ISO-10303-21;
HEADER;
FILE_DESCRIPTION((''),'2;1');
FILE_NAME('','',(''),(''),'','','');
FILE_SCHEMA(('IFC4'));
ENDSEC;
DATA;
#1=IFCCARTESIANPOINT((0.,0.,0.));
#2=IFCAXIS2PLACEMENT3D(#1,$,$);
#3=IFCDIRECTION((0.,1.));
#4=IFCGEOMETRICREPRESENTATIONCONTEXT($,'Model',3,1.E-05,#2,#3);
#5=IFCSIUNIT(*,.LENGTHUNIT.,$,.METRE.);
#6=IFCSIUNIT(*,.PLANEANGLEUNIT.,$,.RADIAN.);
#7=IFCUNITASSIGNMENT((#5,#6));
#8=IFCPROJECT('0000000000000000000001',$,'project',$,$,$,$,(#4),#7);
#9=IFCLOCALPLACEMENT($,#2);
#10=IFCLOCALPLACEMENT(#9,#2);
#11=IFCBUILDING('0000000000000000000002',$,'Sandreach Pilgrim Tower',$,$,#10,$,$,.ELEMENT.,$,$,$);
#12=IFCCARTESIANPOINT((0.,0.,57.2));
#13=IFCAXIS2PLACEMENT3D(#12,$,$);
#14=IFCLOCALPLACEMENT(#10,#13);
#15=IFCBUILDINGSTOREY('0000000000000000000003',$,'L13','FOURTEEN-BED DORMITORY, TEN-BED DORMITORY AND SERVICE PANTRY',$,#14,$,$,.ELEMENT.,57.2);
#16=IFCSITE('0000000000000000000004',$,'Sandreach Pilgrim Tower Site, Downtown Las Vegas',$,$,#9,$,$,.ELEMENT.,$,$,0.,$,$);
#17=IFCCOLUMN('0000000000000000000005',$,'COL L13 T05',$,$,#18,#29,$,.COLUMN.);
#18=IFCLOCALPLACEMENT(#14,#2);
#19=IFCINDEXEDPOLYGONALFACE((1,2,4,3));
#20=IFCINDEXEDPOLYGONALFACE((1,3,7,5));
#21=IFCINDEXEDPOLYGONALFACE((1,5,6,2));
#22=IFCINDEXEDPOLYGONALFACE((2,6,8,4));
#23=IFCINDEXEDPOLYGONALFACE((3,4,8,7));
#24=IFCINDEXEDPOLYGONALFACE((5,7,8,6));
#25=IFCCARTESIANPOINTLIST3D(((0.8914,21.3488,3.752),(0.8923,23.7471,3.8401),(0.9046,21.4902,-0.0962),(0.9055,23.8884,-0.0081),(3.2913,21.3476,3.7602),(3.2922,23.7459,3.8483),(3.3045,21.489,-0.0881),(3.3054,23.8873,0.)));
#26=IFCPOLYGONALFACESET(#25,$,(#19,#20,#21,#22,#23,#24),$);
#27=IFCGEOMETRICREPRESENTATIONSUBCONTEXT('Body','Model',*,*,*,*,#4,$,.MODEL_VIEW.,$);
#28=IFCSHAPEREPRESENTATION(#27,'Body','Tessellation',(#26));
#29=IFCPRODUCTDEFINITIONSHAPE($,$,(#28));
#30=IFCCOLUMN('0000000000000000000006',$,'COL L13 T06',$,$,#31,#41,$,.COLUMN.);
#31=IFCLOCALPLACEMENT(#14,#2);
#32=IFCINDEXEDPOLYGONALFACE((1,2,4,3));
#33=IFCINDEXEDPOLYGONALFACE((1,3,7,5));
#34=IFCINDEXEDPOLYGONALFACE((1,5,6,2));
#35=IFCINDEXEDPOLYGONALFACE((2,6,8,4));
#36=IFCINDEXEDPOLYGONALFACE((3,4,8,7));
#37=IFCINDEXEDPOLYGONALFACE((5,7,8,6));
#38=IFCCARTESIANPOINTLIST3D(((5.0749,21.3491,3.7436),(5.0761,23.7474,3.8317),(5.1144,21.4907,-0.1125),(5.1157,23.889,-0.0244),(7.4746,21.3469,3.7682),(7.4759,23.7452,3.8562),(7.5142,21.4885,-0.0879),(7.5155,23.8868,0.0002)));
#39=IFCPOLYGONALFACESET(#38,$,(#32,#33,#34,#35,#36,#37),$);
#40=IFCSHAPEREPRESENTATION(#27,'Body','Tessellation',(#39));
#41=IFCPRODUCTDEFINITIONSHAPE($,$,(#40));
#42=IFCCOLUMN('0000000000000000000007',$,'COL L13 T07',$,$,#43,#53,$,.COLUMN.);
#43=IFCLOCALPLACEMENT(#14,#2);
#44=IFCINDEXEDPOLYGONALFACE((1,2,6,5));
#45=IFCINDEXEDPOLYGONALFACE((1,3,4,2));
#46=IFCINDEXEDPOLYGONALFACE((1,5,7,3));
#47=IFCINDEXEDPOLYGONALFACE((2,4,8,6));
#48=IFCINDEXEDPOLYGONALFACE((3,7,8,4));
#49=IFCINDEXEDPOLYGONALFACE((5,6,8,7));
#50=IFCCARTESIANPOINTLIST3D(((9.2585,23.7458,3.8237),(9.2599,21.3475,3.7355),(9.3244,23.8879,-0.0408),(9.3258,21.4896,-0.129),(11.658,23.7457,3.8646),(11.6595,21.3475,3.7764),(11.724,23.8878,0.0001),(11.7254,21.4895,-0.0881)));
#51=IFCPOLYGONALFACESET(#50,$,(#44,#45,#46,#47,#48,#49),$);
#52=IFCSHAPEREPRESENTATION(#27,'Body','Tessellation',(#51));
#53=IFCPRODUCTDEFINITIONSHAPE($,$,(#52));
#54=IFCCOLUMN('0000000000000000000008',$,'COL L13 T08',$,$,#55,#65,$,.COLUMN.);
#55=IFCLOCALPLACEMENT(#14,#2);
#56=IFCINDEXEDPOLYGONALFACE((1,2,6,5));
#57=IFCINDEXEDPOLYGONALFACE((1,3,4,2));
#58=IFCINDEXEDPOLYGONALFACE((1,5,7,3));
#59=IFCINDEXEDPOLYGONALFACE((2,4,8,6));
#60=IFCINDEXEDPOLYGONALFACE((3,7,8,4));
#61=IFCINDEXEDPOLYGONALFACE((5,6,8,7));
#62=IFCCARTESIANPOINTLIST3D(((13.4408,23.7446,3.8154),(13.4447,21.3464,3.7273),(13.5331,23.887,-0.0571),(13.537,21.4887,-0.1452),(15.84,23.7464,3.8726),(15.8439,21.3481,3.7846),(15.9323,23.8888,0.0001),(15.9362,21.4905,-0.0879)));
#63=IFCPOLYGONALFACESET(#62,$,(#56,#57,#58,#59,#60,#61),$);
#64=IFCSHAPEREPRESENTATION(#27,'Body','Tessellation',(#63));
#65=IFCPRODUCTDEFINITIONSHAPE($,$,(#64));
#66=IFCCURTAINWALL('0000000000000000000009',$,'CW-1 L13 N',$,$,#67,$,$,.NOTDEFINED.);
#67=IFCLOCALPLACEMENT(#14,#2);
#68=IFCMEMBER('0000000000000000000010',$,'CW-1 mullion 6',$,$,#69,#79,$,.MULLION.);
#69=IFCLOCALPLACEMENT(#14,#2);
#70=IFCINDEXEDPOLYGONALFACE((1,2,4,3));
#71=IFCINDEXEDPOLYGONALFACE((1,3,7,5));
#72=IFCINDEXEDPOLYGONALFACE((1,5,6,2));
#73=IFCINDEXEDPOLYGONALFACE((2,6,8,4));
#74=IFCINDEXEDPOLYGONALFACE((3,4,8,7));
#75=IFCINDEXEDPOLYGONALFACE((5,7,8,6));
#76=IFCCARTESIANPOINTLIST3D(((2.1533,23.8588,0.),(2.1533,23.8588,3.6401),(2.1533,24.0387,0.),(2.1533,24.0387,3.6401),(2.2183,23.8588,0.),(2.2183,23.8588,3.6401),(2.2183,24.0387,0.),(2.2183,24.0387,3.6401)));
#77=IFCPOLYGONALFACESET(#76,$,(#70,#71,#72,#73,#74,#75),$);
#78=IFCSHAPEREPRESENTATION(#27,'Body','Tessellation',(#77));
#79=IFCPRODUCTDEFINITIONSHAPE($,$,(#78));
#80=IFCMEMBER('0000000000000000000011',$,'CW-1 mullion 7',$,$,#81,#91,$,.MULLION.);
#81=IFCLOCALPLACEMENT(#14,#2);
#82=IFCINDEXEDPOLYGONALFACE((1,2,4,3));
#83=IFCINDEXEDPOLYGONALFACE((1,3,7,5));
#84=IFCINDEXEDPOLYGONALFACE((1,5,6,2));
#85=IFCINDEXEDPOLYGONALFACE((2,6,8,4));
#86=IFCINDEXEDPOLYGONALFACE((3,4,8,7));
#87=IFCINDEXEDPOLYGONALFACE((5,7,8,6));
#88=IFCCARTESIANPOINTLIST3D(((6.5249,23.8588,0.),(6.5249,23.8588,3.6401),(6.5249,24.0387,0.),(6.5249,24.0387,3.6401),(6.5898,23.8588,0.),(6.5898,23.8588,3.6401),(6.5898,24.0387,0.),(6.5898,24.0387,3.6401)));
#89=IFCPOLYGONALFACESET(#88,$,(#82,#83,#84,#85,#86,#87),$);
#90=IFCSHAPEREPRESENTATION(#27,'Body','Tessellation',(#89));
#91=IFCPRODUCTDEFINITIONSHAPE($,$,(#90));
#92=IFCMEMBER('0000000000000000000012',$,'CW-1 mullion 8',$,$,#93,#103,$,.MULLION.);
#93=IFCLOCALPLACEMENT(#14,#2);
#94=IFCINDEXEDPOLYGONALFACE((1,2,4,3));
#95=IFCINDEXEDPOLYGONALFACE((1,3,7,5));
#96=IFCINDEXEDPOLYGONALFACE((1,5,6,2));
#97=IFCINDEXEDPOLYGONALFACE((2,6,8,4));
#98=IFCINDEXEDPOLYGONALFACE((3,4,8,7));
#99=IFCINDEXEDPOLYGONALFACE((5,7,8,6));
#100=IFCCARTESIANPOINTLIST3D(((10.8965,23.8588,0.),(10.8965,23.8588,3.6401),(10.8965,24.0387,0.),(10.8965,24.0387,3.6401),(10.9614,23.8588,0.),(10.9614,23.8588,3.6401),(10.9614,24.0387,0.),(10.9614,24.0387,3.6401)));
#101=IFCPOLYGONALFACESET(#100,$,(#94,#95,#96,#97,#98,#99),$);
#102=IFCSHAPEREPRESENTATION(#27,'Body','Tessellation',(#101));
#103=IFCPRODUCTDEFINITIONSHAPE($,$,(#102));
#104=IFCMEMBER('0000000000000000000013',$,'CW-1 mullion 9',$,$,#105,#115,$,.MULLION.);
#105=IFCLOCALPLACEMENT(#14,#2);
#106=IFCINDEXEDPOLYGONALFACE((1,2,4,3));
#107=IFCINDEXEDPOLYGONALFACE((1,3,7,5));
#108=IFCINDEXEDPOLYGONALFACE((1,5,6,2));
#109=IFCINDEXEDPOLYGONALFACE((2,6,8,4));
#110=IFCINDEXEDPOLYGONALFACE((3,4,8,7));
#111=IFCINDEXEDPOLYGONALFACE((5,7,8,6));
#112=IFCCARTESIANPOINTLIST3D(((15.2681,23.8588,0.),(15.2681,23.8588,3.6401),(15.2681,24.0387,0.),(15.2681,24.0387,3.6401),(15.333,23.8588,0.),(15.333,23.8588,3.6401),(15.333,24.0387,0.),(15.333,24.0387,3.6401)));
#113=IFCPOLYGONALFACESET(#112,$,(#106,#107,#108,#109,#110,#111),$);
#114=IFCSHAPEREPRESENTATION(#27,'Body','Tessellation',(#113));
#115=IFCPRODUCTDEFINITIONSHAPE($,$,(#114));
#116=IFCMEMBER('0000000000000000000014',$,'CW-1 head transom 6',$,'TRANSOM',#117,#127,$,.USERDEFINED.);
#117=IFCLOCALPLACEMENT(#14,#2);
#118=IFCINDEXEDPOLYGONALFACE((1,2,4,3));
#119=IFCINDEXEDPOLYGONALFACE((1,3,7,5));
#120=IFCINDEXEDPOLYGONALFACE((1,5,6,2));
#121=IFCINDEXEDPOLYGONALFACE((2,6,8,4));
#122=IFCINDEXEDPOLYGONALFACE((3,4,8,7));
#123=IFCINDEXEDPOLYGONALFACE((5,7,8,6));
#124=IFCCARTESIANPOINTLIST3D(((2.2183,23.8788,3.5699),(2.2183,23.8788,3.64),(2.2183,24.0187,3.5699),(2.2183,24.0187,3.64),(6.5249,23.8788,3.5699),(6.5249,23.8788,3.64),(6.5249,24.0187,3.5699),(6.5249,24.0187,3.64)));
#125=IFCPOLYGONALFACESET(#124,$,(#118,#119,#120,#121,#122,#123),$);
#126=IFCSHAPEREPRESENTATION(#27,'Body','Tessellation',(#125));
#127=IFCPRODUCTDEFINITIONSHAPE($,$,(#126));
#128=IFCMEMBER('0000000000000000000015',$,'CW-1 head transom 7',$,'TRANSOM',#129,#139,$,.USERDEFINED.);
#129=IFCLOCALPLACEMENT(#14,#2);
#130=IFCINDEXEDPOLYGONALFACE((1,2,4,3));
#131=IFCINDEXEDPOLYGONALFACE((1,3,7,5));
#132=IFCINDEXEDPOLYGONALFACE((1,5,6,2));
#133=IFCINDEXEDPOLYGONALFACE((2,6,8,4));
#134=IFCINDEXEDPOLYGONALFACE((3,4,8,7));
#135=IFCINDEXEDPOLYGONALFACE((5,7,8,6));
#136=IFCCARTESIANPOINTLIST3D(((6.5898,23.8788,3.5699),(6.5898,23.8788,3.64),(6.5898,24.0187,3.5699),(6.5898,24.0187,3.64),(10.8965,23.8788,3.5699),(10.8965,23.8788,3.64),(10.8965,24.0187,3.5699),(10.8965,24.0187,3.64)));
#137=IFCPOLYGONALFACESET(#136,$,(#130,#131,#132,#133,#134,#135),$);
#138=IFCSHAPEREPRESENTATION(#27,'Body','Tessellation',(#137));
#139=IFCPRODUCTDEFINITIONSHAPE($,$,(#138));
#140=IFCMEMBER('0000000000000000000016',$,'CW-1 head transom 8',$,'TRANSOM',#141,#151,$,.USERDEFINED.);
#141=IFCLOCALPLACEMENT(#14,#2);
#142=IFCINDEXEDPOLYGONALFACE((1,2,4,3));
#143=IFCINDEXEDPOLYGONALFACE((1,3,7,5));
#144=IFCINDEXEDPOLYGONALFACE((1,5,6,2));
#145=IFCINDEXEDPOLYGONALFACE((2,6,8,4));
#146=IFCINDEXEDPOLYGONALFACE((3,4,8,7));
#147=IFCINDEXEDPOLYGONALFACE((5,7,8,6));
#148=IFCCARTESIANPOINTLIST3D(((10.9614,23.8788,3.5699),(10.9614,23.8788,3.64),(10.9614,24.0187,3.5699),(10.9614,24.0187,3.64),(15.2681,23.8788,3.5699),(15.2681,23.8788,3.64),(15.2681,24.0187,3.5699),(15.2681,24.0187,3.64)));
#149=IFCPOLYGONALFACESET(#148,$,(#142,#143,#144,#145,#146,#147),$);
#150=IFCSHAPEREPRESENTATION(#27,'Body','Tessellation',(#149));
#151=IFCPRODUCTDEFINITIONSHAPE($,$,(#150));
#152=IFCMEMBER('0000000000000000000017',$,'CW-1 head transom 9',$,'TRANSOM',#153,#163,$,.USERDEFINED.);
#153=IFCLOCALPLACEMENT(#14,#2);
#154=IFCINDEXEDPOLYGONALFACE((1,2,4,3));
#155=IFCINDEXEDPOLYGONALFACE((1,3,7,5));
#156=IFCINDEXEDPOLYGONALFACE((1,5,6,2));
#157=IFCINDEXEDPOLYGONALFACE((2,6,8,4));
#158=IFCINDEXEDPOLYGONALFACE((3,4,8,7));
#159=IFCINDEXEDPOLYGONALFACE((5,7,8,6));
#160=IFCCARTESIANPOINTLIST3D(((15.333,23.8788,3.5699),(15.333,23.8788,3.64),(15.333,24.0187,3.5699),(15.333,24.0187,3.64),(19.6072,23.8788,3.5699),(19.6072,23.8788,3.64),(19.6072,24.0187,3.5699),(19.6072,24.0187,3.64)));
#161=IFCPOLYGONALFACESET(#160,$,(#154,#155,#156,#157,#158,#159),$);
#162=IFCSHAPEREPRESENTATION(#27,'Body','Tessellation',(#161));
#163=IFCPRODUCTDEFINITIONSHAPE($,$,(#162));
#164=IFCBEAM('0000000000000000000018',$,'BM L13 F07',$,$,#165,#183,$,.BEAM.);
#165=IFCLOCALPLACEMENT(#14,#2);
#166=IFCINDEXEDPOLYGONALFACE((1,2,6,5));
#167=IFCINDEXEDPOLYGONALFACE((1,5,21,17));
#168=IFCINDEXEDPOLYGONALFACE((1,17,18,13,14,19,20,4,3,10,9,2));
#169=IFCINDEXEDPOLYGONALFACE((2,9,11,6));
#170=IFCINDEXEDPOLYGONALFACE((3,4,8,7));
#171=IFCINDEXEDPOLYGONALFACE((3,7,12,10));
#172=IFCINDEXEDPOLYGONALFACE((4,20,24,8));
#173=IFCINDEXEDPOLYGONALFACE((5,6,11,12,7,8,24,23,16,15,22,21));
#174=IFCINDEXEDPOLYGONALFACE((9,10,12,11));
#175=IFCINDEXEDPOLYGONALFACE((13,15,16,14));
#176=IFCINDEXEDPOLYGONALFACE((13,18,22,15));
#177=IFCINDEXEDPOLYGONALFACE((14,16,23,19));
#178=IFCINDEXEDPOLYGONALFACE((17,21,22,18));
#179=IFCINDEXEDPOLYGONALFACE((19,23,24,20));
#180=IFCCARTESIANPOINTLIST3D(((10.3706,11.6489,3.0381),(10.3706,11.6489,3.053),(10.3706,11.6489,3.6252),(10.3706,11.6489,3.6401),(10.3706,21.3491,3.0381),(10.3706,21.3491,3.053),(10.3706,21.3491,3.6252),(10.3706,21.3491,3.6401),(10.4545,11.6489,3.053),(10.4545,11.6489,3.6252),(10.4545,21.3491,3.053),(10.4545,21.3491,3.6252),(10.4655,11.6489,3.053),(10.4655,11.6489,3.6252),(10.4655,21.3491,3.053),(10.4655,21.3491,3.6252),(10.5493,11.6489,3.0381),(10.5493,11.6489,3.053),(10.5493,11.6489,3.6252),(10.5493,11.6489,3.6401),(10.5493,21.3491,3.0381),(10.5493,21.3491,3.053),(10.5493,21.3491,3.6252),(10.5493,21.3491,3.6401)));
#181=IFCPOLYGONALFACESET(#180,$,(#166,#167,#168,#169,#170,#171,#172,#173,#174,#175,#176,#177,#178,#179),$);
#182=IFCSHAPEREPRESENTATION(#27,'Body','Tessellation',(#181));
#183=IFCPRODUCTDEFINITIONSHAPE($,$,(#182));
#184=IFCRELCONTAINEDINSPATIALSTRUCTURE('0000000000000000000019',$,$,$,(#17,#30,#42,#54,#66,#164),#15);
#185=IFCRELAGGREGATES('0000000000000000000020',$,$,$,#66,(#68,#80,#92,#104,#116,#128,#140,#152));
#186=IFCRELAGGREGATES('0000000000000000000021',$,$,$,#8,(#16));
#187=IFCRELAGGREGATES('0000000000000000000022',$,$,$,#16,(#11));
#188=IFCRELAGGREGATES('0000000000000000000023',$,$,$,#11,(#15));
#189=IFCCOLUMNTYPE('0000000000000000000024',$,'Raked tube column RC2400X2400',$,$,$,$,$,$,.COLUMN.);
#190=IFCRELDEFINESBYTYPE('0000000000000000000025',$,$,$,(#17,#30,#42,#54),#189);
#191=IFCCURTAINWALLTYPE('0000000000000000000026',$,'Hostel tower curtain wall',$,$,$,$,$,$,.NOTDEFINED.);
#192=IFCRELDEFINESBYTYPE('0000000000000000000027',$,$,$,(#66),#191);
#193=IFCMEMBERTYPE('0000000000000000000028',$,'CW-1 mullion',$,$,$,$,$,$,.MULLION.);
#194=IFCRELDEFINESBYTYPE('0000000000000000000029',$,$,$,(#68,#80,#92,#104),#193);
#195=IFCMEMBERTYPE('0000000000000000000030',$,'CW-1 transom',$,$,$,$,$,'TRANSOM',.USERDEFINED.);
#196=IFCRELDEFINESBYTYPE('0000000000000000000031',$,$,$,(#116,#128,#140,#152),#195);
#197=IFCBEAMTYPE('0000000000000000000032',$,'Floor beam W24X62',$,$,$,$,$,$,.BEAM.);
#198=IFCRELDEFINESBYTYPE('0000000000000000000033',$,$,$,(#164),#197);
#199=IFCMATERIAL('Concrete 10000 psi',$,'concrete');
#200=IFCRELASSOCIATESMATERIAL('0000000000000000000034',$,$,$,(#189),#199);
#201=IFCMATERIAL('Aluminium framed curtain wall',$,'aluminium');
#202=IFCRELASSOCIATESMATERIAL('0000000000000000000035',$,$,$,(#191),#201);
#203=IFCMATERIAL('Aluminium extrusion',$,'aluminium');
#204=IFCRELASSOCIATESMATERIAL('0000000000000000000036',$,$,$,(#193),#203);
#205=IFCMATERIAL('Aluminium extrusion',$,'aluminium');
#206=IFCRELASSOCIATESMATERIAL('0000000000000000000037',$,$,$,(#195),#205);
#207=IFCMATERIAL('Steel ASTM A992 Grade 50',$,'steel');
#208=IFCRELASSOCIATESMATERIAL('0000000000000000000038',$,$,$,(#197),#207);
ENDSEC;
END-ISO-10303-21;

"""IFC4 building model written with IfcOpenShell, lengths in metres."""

from ifc_helpers import new_model, si_unit, direction, frame, origin, origin_2d, place, context, subcontext, project, spatial, rectangle, i_section, extrude, material, material_profile, profile_set, type_object, element, aggregate, save


model = new_model("IFC4")

# Units and contexts
model_context = context("Model", 3, precision=1e-05, world=origin(), true_north=direction((0.0, 1.0)))
body_context = subcontext(model_context, "Body", "Model", "MODEL_VIEW")
ifc_project = project(units=[si_unit("LENGTHUNIT", "METRE"), si_unit("PLANEANGLEUNIT", "RADIAN")], contexts=[model_context])

# Site, building, storey
site_placement = place(None, origin())
site = spatial("IfcSite", under=ifc_project, at=site_placement, Name="Sandreach Pilgrim Tower Site, Downtown Las Vegas", CompositionType="ELEMENT", RefElevation=0.0)
building_placement = place(site_placement, origin())
building = spatial("IfcBuilding", under=site, at=building_placement, Name="Sandreach Pilgrim Tower", CompositionType="ELEMENT")
storey_placement = place(building_placement, frame((0.0, 0.0, 57.2)))
storey = spatial("IfcBuildingStorey", under=building, at=storey_placement, Name="L13", Description="FOURTEEN-BED DORMITORY, TEN-BED DORMITORY AND SERVICE PANTRY", CompositionType="ELEMENT", Elevation=57.2)

# Columns
ifc_material_1 = material(Name="Concrete 10000 psi", Category="concrete")
ifc_material_profile_1 = material_profile(ifc_material_1, rectangle(XDim=2.3999, YDim=2.3999, at=origin_2d()), Name="RC2400X2400")
ifc_profile_set_1 = profile_set([ifc_material_profile_1], Name="Concrete 10000 psi")
column_type = type_object("IfcColumnType", Name="Raked tube column RC2400X2400", PredefinedType="COLUMN", material=ifc_profile_set_1)
column_1_placement = place(storey_placement, frame((2.105, 22.6887, -0.0481), z_axis=(-0.003424, -0.036709, 0.99932), x_axis=(0.000359, 0.999326, 0.03671)))
element("IfcColumn", 1, at=column_1_placement, inside=storey, type_object=column_type, Name="COL L13 T05", PredefinedType="COLUMN", context=body_context, shape_type="SweptSolid", body=[
    extrude(rectangle(XDim=2.3999, YDim=2.3999, at=origin_2d()), origin(), (0.0, 0.0, 1.0), 3.8508),
])
column_2_placement = place(storey_placement, frame((6.3149, 22.6887, -0.0562), z_axis=(-0.010249, -0.036694, 0.999274), x_axis=(0.000537, 0.999326, 0.036701)))
element("IfcColumn", 2, at=column_2_placement, inside=storey, type_object=column_type, Name="COL L13 T06", PredefinedType="COLUMN", context=body_context, shape_type="SweptSolid", body=[
    extrude(rectangle(XDim=2.3999, YDim=2.3999, at=origin_2d()), origin(), (0.0, 0.0, 1.0), 3.8589),
])
column_3_placement = place(storey_placement, frame((10.5249, 22.6887, -0.0645), z_axis=(-0.017043, -0.036738, 0.99918), x_axis=(-0.000594, 0.999325, 0.036733)))
element("IfcColumn", 3, at=column_3_placement, inside=storey, type_object=column_type, Name="COL L13 T07", PredefinedType="COLUMN", context=body_context, shape_type="SweptSolid", body=[
    extrude(rectangle(XDim=2.3999, YDim=2.3999, at=origin_2d()), origin(), (0.0, 0.0, 1.0), 3.8677),
])
column_4_placement = place(storey_placement, frame((14.7346, 22.6887, -0.0725), z_axis=(-0.023808, -0.036719, 0.999042), x_axis=(-0.00162, 0.999325, 0.036691)))
element("IfcColumn", 4, at=column_4_placement, inside=storey, type_object=column_type, Name="COL L13 T08", PredefinedType="COLUMN", context=body_context, shape_type="SweptSolid", body=[
    extrude(rectangle(XDim=2.3999, YDim=2.3999, at=origin_2d()), origin(), (0.0, 0.0, 1.0), 3.8762),
])

# Curtain wall, members
ifc_material_2 = material(Name="Aluminium framed curtain wall", Category="aluminium")
curtain_wall_type = type_object("IfcCurtainWallType", Name="Hostel tower curtain wall", PredefinedType="NOTDEFINED", material=ifc_material_2)
curtain_wall_placement = place(storey_placement, origin())
curtain_wall = element("IfcCurtainWall", 5, at=curtain_wall_placement, inside=storey, type_object=curtain_wall_type, Name="CW-1 L13 N", PredefinedType="NOTDEFINED")
ifc_material_3 = material(Name="Aluminium extrusion", Category="aluminium")
ifc_material_profile_2 = material_profile(ifc_material_3, rectangle(XDim=0.0649, YDim=0.1799, at=origin_2d()), Name="CW-1M 65X180")
ifc_profile_set_2 = profile_set([ifc_material_profile_2], Name="Aluminium extrusion")
member_type_1 = type_object("IfcMemberType", Name="CW-1 mullion", PredefinedType="MULLION", material=ifc_profile_set_2)
member_1_placement = place(storey_placement, frame((2.1858, 23.9487, 0.0), z_axis=(0.0, 0.0, 1.0), x_axis=(1.0, 0.0, 0.0)))
member_1 = element("IfcMember", 6, at=member_1_placement, type_object=member_type_1, Name="CW-1 mullion 6", PredefinedType="MULLION", context=body_context, shape_type="SweptSolid", body=[
    extrude(rectangle(XDim=0.0649, YDim=0.1799, at=origin_2d()), origin(), (0.0, 0.0, 1.0), 3.6401),
])
member_2_placement = place(storey_placement, frame((6.5574, 23.9487, 0.0), z_axis=(0.0, 0.0, 1.0), x_axis=(1.0, 0.0, 0.0)))
member_2 = element("IfcMember", 7, at=member_2_placement, type_object=member_type_1, Name="CW-1 mullion 7", PredefinedType="MULLION", context=body_context, shape_type="SweptSolid", body=[
    extrude(rectangle(XDim=0.0649, YDim=0.1799, at=origin_2d()), origin(), (0.0, 0.0, 1.0), 3.6401),
])
member_3_placement = place(storey_placement, frame((10.929, 23.9487, 0.0), z_axis=(0.0, 0.0, 1.0), x_axis=(1.0, 0.0, 0.0)))
member_3 = element("IfcMember", 8, at=member_3_placement, type_object=member_type_1, Name="CW-1 mullion 8", PredefinedType="MULLION", context=body_context, shape_type="SweptSolid", body=[
    extrude(rectangle(XDim=0.0649, YDim=0.1799, at=origin_2d()), origin(), (0.0, 0.0, 1.0), 3.6401),
])
member_4_placement = place(storey_placement, frame((15.3005, 23.9487, 0.0), z_axis=(0.0, 0.0, 1.0), x_axis=(1.0, 0.0, 0.0)))
member_4 = element("IfcMember", 9, at=member_4_placement, type_object=member_type_1, Name="CW-1 mullion 9", PredefinedType="MULLION", context=body_context, shape_type="SweptSolid", body=[
    extrude(rectangle(XDim=0.0649, YDim=0.1799, at=origin_2d()), origin(), (0.0, 0.0, 1.0), 3.6401),
])
ifc_material_4 = material(Name="Aluminium extrusion", Category="aluminium")
ifc_material_profile_3 = material_profile(ifc_material_4, rectangle(XDim=0.1399, YDim=0.0701, at=origin_2d()), Name="CW-1T 140X70")
ifc_profile_set_3 = profile_set([ifc_material_profile_3], Name="Aluminium extrusion")
member_type_2 = type_object("IfcMemberType", Name="CW-1 transom", ElementType="TRANSOM", PredefinedType="USERDEFINED", material=ifc_profile_set_3)
member_5_placement = place(storey_placement, frame((2.2183, 23.9487, 3.605), z_axis=(1.0, 0.0, 0.0), x_axis=(0.0, 1.0, 0.0)))
member_5 = element("IfcMember", 10, at=member_5_placement, type_object=member_type_2, Name="CW-1 head transom 6", ObjectType="TRANSOM", PredefinedType="USERDEFINED", context=body_context, shape_type="SweptSolid", body=[
    extrude(rectangle(XDim=0.1399, YDim=0.0701, at=origin_2d()), origin(), (0.0, 0.0, 1.0), 4.3066),
])
member_6_placement = place(storey_placement, frame((6.5898, 23.9487, 3.605), z_axis=(1.0, 0.0, 0.0), x_axis=(0.0, 1.0, 0.0)))
member_6 = element("IfcMember", 11, at=member_6_placement, type_object=member_type_2, Name="CW-1 head transom 7", ObjectType="TRANSOM", PredefinedType="USERDEFINED", context=body_context, shape_type="SweptSolid", body=[
    extrude(rectangle(XDim=0.1399, YDim=0.0701, at=origin_2d()), origin(), (0.0, 0.0, 1.0), 4.3066),
])
member_7_placement = place(storey_placement, frame((10.9614, 23.9487, 3.605), z_axis=(1.0, 0.0, 0.0), x_axis=(0.0, 1.0, 0.0)))
member_7 = element("IfcMember", 12, at=member_7_placement, type_object=member_type_2, Name="CW-1 head transom 8", ObjectType="TRANSOM", PredefinedType="USERDEFINED", context=body_context, shape_type="SweptSolid", body=[
    extrude(rectangle(XDim=0.1399, YDim=0.0701, at=origin_2d()), origin(), (0.0, 0.0, 1.0), 4.3066),
])
member_8_placement = place(storey_placement, frame((15.333, 23.9487, 3.605), z_axis=(1.0, 0.0, 0.0), x_axis=(0.0, 1.0, 0.0)))
member_8 = element("IfcMember", 13, at=member_8_placement, type_object=member_type_2, Name="CW-1 head transom 9", ObjectType="TRANSOM", PredefinedType="USERDEFINED", context=body_context, shape_type="SweptSolid", body=[
    extrude(rectangle(XDim=0.1399, YDim=0.0701, at=origin_2d()), origin(), (0.0, 0.0, 1.0), 4.2742),
])

# Beam
ifc_material_5 = material(Name="Steel ASTM A992 Grade 50", Category="steel")
ifc_material_profile_4 = material_profile(ifc_material_5, i_section(OverallWidth=0.1787, OverallDepth=0.6021, WebThickness=0.011, FlangeThickness=0.0149, at=origin_2d()), Name="W24X62")
ifc_profile_set_4 = profile_set([ifc_material_profile_4], Name="Steel ASTM A992 Grade 50")
beam_type_1 = type_object("IfcBeamType", Name="Floor beam W24X62", PredefinedType="BEAM", material=ifc_profile_set_4)
beam_1_placement = place(storey_placement, frame((10.46, 21.3491, 3.3391), z_axis=(0.0, -1.0, 0.0), x_axis=(1.0, 0.0, 0.0)))
element("IfcBeam", 14, at=beam_1_placement, inside=storey, type_object=beam_type_1, Name="BM L13 F07", PredefinedType="BEAM", context=body_context, shape_type="SweptSolid", body=[
    extrude(i_section(OverallWidth=0.1787, OverallDepth=0.6021, WebThickness=0.011, FlangeThickness=0.0149, at=origin_2d()), origin(), (0.0, 0.0, 1.0), 9.7002),
])

aggregate(curtain_wall, [member_1, member_2, member_3, member_4, member_5, member_6, member_7, member_8])

save(model, "model.ifc")
